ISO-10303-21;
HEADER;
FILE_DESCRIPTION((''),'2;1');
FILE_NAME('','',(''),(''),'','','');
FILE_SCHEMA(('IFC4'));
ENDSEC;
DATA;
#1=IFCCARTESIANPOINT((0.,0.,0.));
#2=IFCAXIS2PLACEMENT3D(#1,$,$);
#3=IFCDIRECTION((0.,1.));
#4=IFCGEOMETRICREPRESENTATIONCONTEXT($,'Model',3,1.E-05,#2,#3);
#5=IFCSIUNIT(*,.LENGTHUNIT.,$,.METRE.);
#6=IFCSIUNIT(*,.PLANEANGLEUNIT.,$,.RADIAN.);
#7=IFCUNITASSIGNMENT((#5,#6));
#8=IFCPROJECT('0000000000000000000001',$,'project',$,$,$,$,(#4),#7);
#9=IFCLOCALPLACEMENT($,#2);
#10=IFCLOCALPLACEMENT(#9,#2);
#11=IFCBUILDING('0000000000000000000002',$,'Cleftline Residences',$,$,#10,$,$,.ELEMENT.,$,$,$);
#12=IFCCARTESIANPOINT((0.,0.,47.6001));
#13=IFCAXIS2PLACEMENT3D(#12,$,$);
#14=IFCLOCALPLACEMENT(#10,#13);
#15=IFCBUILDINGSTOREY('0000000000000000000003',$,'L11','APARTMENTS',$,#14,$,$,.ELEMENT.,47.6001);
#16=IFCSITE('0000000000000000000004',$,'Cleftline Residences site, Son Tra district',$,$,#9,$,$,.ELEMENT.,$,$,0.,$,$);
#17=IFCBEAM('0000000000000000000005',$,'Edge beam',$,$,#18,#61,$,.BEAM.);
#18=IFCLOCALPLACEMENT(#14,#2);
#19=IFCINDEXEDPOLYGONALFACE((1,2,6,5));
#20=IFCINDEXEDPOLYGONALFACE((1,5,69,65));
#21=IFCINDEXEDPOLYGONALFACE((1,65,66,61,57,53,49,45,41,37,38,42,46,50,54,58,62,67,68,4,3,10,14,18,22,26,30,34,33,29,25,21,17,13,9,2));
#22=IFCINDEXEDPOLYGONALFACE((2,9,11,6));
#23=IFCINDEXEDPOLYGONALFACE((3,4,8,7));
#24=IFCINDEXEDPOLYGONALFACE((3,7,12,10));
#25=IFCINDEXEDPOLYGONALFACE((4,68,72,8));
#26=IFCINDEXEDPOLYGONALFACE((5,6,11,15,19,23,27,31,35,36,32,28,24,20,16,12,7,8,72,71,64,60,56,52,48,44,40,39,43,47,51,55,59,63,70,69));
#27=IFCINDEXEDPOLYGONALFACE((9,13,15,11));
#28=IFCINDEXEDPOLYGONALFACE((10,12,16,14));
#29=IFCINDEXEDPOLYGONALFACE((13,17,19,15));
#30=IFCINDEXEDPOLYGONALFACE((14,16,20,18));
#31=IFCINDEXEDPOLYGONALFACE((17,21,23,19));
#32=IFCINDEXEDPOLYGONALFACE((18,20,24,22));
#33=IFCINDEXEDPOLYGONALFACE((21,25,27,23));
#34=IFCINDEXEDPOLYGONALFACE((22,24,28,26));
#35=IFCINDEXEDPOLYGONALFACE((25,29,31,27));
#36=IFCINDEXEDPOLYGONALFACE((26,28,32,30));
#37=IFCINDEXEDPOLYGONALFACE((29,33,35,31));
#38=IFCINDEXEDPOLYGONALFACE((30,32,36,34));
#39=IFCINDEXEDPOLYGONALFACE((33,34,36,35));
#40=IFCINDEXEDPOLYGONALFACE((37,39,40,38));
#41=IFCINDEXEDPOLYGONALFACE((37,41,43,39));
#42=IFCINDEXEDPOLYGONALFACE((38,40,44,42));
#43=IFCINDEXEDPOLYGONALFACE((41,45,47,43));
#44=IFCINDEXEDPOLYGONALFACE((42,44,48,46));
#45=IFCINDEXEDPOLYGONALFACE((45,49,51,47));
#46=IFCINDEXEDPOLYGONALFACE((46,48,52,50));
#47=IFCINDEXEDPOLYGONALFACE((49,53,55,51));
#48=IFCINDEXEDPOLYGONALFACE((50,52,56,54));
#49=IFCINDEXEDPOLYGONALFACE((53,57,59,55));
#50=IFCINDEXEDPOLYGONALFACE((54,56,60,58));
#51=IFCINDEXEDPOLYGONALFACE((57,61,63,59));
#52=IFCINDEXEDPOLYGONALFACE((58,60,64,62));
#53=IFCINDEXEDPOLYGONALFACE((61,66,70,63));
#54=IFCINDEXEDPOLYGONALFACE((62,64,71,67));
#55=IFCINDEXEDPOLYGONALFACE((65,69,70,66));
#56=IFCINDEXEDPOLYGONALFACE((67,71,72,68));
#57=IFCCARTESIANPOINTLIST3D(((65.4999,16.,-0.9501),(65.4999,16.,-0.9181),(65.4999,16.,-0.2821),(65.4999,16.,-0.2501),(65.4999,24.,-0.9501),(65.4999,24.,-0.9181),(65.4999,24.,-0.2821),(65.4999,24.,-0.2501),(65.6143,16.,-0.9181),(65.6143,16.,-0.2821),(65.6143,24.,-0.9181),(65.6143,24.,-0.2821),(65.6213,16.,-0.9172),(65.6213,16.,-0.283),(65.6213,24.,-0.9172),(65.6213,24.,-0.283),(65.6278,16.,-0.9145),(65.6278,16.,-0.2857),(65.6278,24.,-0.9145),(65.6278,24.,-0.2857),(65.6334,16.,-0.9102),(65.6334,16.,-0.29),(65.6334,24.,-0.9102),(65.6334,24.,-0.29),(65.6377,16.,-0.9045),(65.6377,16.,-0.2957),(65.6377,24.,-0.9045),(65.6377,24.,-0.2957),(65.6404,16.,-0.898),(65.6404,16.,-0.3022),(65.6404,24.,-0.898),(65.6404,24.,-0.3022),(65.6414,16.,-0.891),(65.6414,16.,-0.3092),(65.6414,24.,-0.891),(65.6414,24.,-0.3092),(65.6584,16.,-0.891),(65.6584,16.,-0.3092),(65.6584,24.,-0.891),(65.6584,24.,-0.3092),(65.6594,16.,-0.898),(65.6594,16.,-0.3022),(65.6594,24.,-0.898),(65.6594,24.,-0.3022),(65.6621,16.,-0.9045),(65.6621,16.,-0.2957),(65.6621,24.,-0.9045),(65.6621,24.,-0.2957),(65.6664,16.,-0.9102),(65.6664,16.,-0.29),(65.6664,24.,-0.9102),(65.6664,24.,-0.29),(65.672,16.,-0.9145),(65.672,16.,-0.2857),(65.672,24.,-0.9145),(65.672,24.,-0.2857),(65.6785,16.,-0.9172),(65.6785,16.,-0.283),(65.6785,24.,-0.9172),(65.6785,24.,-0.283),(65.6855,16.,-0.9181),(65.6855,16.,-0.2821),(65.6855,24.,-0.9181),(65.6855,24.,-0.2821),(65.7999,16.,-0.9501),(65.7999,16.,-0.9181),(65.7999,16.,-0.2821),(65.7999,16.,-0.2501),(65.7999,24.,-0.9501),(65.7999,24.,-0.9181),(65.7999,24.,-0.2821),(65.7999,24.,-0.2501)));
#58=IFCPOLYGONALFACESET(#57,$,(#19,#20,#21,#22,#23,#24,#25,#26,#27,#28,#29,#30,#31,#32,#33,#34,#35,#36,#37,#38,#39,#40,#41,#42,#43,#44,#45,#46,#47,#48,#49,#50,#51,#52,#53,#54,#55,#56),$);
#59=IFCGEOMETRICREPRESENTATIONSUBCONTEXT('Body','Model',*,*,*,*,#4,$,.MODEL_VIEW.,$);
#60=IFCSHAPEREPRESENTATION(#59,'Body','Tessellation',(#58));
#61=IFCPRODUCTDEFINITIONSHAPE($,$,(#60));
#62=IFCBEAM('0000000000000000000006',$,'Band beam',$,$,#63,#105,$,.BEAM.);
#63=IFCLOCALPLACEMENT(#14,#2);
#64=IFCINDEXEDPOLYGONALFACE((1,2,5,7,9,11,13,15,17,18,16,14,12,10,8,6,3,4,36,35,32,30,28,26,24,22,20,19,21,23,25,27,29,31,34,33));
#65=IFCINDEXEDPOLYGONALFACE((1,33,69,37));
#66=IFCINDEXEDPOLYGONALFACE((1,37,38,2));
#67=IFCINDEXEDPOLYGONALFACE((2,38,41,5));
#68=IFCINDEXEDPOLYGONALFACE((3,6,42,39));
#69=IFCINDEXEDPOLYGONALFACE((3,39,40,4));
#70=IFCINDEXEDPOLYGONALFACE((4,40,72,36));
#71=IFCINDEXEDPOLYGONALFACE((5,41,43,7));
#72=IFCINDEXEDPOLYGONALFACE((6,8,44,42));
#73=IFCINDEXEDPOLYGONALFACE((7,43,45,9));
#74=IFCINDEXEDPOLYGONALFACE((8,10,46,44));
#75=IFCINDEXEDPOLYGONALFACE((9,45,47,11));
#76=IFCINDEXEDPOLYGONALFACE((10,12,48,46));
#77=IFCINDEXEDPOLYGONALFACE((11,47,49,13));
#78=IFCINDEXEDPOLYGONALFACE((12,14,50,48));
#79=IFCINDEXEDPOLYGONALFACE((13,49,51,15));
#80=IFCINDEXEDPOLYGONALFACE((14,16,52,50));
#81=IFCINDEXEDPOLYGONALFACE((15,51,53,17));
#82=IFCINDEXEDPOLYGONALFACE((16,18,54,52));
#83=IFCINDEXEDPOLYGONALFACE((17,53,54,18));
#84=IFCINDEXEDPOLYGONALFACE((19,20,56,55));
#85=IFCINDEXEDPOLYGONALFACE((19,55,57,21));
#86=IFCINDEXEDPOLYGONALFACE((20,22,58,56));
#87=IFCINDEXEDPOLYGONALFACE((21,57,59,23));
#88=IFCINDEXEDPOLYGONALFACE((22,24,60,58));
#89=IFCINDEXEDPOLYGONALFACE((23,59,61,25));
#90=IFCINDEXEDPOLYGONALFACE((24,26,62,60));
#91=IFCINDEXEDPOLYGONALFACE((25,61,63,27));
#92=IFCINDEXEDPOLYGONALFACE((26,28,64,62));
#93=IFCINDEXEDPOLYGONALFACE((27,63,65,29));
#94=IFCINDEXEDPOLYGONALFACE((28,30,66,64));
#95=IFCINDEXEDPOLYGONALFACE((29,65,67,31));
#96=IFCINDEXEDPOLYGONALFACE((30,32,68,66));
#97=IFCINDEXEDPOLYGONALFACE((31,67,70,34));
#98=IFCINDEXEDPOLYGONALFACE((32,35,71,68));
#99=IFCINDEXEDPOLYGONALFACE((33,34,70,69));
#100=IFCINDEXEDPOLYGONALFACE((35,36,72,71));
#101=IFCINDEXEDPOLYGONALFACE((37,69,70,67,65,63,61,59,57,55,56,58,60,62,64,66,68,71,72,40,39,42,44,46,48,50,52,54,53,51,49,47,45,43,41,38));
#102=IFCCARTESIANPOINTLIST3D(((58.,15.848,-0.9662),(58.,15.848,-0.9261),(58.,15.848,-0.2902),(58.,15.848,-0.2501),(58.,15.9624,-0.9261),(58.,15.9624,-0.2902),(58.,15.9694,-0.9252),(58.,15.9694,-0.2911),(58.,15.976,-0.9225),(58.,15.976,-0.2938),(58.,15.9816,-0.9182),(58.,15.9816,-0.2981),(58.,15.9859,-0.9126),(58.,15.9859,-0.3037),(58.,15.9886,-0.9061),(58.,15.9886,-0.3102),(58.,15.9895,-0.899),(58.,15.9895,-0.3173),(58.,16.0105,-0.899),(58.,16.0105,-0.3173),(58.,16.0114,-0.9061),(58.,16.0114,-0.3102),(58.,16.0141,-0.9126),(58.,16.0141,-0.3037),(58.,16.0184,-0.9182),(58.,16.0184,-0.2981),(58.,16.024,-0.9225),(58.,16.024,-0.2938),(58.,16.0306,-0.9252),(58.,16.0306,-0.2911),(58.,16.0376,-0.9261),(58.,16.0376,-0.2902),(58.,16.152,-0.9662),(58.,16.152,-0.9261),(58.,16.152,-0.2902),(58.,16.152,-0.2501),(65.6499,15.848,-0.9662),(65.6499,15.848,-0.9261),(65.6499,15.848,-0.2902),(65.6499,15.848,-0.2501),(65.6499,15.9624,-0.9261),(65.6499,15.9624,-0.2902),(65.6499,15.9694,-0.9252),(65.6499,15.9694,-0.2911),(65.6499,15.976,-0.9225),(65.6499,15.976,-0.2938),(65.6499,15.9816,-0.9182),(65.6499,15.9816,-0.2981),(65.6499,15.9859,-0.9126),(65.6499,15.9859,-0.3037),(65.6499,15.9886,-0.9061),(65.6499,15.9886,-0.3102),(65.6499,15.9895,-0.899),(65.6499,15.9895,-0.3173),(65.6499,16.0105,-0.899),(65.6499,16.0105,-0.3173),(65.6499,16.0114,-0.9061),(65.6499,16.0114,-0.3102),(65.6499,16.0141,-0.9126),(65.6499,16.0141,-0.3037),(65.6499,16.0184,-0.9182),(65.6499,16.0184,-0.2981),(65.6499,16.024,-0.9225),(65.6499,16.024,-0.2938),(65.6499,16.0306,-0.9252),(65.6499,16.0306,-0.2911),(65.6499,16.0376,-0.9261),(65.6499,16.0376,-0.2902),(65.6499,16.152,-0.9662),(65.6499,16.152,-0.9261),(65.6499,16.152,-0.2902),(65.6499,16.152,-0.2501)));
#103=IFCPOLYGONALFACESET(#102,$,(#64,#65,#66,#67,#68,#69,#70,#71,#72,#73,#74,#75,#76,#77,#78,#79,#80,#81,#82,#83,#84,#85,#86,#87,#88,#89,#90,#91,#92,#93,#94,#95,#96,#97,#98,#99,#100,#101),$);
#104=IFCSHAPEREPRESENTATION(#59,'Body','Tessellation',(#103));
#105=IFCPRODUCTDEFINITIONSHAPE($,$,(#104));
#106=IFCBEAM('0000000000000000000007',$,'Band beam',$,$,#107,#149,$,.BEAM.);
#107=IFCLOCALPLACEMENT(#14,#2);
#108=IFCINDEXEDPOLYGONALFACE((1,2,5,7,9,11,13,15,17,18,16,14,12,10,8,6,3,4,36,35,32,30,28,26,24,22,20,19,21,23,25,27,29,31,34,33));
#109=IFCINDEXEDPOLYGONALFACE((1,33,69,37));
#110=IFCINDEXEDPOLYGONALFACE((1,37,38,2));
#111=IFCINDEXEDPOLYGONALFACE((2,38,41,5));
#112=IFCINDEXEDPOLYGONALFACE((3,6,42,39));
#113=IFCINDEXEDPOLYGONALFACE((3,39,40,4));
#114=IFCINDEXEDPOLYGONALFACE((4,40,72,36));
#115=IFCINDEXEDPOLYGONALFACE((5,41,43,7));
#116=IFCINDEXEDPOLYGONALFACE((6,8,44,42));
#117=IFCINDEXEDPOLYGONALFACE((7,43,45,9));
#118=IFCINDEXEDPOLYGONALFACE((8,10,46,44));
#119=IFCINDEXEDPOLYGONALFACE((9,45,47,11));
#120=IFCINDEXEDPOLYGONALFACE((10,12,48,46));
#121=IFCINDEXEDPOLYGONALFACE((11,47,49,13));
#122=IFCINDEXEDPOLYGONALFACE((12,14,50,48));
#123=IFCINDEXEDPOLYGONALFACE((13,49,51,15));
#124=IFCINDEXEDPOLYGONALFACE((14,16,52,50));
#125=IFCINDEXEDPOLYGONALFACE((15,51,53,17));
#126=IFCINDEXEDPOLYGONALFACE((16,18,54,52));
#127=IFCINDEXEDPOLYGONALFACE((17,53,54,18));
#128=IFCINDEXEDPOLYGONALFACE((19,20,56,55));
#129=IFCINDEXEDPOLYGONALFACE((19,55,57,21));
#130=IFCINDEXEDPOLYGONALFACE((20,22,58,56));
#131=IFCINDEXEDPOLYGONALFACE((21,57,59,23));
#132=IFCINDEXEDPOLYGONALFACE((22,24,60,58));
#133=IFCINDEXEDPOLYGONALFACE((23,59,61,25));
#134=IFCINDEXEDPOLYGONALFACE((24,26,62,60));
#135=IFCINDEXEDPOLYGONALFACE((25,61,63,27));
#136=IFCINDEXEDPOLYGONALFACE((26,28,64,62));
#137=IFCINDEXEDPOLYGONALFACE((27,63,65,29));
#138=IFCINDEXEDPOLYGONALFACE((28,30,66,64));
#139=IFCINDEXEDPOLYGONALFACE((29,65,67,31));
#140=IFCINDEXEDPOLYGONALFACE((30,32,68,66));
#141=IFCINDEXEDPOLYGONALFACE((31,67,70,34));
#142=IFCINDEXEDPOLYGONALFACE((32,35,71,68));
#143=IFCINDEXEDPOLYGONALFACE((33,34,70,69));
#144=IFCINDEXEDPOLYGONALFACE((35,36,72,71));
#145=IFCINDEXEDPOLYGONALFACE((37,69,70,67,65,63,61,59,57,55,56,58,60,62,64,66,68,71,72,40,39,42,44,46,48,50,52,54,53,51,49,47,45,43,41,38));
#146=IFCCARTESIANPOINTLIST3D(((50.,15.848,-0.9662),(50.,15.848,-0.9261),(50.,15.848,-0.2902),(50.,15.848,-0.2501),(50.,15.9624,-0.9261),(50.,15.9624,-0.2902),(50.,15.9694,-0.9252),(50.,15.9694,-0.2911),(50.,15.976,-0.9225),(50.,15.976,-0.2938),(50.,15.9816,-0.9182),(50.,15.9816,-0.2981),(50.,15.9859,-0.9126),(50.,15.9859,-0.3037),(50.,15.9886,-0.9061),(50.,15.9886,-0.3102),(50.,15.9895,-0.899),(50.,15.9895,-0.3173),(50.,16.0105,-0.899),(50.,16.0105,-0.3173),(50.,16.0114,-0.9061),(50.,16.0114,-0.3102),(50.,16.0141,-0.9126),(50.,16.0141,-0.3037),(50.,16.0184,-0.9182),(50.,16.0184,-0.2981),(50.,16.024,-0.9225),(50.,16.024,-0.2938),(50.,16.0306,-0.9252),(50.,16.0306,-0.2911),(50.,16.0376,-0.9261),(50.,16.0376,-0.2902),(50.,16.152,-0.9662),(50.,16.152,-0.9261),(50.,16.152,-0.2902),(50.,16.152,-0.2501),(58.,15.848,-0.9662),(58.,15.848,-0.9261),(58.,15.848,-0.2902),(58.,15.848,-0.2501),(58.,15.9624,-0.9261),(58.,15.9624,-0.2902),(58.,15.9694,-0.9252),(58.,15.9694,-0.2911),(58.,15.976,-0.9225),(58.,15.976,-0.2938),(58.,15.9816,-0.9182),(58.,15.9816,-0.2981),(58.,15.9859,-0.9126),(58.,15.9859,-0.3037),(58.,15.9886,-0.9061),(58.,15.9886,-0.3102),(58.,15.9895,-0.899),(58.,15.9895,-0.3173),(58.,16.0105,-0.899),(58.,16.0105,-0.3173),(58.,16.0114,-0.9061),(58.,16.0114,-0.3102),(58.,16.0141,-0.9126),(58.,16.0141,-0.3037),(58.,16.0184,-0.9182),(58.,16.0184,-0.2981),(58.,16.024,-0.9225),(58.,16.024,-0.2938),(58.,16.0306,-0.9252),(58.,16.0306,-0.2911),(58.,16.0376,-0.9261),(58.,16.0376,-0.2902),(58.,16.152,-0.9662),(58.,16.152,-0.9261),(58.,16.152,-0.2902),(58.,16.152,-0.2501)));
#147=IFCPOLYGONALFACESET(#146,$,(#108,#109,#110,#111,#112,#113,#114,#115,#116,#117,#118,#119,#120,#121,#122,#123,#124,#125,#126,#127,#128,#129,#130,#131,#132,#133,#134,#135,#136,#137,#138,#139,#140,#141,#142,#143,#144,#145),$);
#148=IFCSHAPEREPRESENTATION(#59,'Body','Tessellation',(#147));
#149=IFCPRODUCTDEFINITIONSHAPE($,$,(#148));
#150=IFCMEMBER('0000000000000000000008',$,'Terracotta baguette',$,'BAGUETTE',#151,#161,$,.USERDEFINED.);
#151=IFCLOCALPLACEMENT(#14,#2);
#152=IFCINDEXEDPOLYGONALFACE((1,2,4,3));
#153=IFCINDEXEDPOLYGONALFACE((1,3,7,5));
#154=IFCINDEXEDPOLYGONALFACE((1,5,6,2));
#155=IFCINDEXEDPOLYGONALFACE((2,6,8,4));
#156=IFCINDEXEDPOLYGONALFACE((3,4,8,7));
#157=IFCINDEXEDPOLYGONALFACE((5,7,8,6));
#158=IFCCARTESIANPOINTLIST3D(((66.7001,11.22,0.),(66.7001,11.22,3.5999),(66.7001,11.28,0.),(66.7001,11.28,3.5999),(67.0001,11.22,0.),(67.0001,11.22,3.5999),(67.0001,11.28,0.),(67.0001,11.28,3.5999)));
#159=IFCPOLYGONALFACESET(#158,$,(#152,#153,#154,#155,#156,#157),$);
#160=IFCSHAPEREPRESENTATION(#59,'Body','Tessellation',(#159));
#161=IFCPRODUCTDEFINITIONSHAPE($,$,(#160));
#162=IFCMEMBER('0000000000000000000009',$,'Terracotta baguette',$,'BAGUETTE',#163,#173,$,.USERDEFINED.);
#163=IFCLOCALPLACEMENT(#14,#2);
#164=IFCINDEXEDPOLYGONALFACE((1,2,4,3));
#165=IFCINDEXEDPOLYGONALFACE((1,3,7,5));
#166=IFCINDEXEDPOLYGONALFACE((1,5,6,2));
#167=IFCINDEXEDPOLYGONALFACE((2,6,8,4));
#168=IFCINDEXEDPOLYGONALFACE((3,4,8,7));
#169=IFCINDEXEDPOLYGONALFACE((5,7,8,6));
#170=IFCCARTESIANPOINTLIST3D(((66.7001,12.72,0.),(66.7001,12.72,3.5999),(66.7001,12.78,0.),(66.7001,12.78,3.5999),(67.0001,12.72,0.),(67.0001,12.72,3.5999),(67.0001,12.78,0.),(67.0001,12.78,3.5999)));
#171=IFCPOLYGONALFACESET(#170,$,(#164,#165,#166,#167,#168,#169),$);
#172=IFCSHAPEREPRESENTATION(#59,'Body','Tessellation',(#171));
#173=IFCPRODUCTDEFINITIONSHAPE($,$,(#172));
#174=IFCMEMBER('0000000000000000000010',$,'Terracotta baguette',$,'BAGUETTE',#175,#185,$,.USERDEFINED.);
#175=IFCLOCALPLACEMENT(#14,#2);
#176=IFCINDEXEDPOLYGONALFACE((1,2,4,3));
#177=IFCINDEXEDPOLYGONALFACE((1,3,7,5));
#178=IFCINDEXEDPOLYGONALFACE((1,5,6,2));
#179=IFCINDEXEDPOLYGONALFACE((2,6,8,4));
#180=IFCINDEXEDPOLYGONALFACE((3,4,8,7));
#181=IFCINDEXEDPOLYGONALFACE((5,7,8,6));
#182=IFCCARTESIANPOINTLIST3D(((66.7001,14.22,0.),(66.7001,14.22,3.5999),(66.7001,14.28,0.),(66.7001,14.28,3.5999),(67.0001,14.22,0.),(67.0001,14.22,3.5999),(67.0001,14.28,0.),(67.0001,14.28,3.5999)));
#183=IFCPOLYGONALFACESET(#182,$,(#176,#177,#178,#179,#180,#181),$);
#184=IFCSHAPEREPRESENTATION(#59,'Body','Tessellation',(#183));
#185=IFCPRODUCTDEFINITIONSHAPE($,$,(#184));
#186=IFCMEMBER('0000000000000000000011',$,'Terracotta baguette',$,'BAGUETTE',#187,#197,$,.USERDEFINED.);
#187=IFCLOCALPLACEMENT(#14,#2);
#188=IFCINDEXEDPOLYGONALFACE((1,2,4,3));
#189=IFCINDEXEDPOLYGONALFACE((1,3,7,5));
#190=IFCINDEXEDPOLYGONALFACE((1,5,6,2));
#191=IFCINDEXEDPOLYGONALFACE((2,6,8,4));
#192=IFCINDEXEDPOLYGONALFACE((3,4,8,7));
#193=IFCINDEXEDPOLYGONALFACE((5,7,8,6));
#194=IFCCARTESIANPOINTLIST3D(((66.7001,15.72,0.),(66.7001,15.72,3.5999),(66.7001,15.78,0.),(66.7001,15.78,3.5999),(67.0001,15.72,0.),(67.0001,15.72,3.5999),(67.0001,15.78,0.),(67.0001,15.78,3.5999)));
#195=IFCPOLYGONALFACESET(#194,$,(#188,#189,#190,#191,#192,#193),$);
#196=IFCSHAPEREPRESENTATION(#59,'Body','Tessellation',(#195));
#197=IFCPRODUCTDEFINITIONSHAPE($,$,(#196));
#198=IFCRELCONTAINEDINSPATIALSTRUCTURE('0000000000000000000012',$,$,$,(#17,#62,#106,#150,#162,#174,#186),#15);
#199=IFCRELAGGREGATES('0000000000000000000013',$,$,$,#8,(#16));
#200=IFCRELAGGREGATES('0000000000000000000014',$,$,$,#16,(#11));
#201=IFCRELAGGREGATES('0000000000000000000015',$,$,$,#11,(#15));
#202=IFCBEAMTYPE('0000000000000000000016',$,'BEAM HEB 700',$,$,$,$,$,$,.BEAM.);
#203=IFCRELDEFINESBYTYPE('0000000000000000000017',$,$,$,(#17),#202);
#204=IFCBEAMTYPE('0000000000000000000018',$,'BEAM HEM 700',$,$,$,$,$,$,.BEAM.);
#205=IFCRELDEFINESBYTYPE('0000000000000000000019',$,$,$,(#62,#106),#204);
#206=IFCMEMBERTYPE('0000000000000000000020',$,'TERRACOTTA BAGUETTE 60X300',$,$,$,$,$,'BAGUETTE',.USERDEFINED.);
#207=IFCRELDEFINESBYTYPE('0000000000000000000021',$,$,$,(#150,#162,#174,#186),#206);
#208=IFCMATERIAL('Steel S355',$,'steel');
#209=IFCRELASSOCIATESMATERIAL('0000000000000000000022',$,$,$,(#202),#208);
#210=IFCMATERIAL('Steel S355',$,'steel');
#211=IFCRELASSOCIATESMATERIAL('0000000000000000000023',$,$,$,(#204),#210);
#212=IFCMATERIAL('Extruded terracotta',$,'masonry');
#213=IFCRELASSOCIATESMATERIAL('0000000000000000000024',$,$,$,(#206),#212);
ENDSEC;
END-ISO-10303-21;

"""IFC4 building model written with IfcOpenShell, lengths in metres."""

from ifc_helpers import new_model, si_unit, direction, frame, origin, origin_2d, place, context, subcontext, project, spatial, rectangle, i_section, extrude, material, material_profile, profile_set, type_object, element, save


model = new_model("IFC4")

# Units and contexts
model_context = context("Model", 3, precision=1e-05, world=origin(), true_north=direction((0.0, 1.0)))
body_context = subcontext(model_context, "Body", "Model", "MODEL_VIEW")
ifc_project = project(units=[si_unit("LENGTHUNIT", "METRE"), si_unit("PLANEANGLEUNIT", "RADIAN")], contexts=[model_context])

# Site, building, storey
site_placement = place(None, origin())
site = spatial("IfcSite", under=ifc_project, at=site_placement, Name="Cleftline Residences site, Son Tra district", CompositionType="ELEMENT", RefElevation=0.0)
building_placement = place(site_placement, origin())
building = spatial("IfcBuilding", under=site, at=building_placement, Name="Cleftline Residences", CompositionType="ELEMENT")
storey_placement = place(building_placement, frame((0.0, 0.0, 47.6001)))
storey = spatial("IfcBuildingStorey", under=building, at=storey_placement, Name="L11", Description="APARTMENTS", CompositionType="ELEMENT", Elevation=47.6001)

# Beams
ifc_material_1 = material(Name="Steel S355", Category="steel")
ifc_material_profile_1 = material_profile(ifc_material_1, i_section(OverallWidth=0.3, OverallDepth=0.7, WebThickness=0.0171, FlangeThickness=0.032, FilletRadius=0.0271, at=origin_2d()))
ifc_profile_set_1 = profile_set([ifc_material_profile_1], Name="Steel S355")
beam_type_1 = type_object("IfcBeamType", Name="BEAM HEB 700", PredefinedType="BEAM", material=ifc_profile_set_1)
beam_1_placement = place(storey_placement, frame((65.6499, 16.0, -0.6001), z_axis=(0.0, 1.0, 0.0), x_axis=(-1.0, 0.0, 0.0)))
element("IfcBeam", 1, at=beam_1_placement, inside=storey, type_object=beam_type_1, Name="Edge beam", PredefinedType="BEAM", context=body_context, shape_type="SweptSolid", body=[
    extrude(i_section(OverallWidth=0.3, OverallDepth=0.7, WebThickness=0.0171, FlangeThickness=0.032, FilletRadius=0.0271, at=origin_2d()), origin(), (0.0, 0.0, 1.0), 8.0),
])
ifc_material_2 = material(Name="Steel S355", Category="steel")
ifc_material_profile_2 = material_profile(ifc_material_2, i_section(OverallWidth=0.304, OverallDepth=0.7161, WebThickness=0.021, FlangeThickness=0.04, FilletRadius=0.0271, at=origin_2d()))
ifc_profile_set_2 = profile_set([ifc_material_profile_2], Name="Steel S355")
beam_type_2 = type_object("IfcBeamType", Name="BEAM HEM 700", PredefinedType="BEAM", material=ifc_profile_set_2)
beam_2_placement = place(storey_placement, frame((65.6499, 16.0, -0.6082), z_axis=(-1.0, 0.0, 0.0), x_axis=(0.0, -1.0, 0.0)))
element("IfcBeam", 2, at=beam_2_placement, inside=storey, type_object=beam_type_2, Name="Band beam", PredefinedType="BEAM", context=body_context, shape_type="SweptSolid", body=[
    extrude(i_section(OverallWidth=0.304, OverallDepth=0.7161, WebThickness=0.021, FlangeThickness=0.04, FilletRadius=0.0271, at=origin_2d()), origin(), (0.0, 0.0, 1.0), 7.6499),
])
beam_3_placement = place(storey_placement, frame((58.0, 16.0, -0.6082), z_axis=(-1.0, 0.0, 0.0), x_axis=(0.0, -1.0, 0.0)))
element("IfcBeam", 3, at=beam_3_placement, inside=storey, type_object=beam_type_2, Name="Band beam", PredefinedType="BEAM", context=body_context, shape_type="SweptSolid", body=[
    extrude(i_section(OverallWidth=0.304, OverallDepth=0.7161, WebThickness=0.021, FlangeThickness=0.04, FilletRadius=0.0271, at=origin_2d()), origin(), (0.0, 0.0, 1.0), 8.0),
])

# Members
ifc_material_3 = material(Name="Extruded terracotta", Category="masonry")
ifc_material_profile_3 = material_profile(ifc_material_3, rectangle(XDim=0.0601, YDim=0.3, at=origin_2d()))
ifc_profile_set_3 = profile_set([ifc_material_profile_3], Name="Extruded terracotta")
member_type_1 = type_object("IfcMemberType", Name="TERRACOTTA BAGUETTE 60X300", ElementType="BAGUETTE", PredefinedType="USERDEFINED", material=ifc_profile_set_3)
for number, where, z_axis, x_axis, name in (
    (4, (66.8501, 11.25, 0.0), (0.0, 0.0, 1.0), (0.0, 1.0, 0.0), "Terracotta baguette"),
    (5, (66.8501, 12.75, 0.0), (0.0, 0.0, 1.0), (0.0, 1.0, 0.0), "Terracotta baguette"),
    (6, (66.8501, 14.25, 0.0), (0.0, 0.0, 1.0), (0.0, 1.0, 0.0), "Terracotta baguette"),
    (7, (66.8501, 15.75, 0.0), (0.0, 0.0, 1.0), (0.0, 1.0, 0.0), "Terracotta baguette"),
):
    element("IfcMember", number, at=place(storey_placement, frame(where, z_axis=z_axis, x_axis=x_axis)), inside=storey, type_object=member_type_1, Name=name, ObjectType="BAGUETTE", PredefinedType="USERDEFINED", context=body_context, shape_type="SweptSolid", body=[
        extrude(rectangle(XDim=0.0601, YDim=0.3, at=origin_2d()), origin(), (0.0, 0.0, 1.0), 3.5999),
    ])

save(model, "model.ifc")
